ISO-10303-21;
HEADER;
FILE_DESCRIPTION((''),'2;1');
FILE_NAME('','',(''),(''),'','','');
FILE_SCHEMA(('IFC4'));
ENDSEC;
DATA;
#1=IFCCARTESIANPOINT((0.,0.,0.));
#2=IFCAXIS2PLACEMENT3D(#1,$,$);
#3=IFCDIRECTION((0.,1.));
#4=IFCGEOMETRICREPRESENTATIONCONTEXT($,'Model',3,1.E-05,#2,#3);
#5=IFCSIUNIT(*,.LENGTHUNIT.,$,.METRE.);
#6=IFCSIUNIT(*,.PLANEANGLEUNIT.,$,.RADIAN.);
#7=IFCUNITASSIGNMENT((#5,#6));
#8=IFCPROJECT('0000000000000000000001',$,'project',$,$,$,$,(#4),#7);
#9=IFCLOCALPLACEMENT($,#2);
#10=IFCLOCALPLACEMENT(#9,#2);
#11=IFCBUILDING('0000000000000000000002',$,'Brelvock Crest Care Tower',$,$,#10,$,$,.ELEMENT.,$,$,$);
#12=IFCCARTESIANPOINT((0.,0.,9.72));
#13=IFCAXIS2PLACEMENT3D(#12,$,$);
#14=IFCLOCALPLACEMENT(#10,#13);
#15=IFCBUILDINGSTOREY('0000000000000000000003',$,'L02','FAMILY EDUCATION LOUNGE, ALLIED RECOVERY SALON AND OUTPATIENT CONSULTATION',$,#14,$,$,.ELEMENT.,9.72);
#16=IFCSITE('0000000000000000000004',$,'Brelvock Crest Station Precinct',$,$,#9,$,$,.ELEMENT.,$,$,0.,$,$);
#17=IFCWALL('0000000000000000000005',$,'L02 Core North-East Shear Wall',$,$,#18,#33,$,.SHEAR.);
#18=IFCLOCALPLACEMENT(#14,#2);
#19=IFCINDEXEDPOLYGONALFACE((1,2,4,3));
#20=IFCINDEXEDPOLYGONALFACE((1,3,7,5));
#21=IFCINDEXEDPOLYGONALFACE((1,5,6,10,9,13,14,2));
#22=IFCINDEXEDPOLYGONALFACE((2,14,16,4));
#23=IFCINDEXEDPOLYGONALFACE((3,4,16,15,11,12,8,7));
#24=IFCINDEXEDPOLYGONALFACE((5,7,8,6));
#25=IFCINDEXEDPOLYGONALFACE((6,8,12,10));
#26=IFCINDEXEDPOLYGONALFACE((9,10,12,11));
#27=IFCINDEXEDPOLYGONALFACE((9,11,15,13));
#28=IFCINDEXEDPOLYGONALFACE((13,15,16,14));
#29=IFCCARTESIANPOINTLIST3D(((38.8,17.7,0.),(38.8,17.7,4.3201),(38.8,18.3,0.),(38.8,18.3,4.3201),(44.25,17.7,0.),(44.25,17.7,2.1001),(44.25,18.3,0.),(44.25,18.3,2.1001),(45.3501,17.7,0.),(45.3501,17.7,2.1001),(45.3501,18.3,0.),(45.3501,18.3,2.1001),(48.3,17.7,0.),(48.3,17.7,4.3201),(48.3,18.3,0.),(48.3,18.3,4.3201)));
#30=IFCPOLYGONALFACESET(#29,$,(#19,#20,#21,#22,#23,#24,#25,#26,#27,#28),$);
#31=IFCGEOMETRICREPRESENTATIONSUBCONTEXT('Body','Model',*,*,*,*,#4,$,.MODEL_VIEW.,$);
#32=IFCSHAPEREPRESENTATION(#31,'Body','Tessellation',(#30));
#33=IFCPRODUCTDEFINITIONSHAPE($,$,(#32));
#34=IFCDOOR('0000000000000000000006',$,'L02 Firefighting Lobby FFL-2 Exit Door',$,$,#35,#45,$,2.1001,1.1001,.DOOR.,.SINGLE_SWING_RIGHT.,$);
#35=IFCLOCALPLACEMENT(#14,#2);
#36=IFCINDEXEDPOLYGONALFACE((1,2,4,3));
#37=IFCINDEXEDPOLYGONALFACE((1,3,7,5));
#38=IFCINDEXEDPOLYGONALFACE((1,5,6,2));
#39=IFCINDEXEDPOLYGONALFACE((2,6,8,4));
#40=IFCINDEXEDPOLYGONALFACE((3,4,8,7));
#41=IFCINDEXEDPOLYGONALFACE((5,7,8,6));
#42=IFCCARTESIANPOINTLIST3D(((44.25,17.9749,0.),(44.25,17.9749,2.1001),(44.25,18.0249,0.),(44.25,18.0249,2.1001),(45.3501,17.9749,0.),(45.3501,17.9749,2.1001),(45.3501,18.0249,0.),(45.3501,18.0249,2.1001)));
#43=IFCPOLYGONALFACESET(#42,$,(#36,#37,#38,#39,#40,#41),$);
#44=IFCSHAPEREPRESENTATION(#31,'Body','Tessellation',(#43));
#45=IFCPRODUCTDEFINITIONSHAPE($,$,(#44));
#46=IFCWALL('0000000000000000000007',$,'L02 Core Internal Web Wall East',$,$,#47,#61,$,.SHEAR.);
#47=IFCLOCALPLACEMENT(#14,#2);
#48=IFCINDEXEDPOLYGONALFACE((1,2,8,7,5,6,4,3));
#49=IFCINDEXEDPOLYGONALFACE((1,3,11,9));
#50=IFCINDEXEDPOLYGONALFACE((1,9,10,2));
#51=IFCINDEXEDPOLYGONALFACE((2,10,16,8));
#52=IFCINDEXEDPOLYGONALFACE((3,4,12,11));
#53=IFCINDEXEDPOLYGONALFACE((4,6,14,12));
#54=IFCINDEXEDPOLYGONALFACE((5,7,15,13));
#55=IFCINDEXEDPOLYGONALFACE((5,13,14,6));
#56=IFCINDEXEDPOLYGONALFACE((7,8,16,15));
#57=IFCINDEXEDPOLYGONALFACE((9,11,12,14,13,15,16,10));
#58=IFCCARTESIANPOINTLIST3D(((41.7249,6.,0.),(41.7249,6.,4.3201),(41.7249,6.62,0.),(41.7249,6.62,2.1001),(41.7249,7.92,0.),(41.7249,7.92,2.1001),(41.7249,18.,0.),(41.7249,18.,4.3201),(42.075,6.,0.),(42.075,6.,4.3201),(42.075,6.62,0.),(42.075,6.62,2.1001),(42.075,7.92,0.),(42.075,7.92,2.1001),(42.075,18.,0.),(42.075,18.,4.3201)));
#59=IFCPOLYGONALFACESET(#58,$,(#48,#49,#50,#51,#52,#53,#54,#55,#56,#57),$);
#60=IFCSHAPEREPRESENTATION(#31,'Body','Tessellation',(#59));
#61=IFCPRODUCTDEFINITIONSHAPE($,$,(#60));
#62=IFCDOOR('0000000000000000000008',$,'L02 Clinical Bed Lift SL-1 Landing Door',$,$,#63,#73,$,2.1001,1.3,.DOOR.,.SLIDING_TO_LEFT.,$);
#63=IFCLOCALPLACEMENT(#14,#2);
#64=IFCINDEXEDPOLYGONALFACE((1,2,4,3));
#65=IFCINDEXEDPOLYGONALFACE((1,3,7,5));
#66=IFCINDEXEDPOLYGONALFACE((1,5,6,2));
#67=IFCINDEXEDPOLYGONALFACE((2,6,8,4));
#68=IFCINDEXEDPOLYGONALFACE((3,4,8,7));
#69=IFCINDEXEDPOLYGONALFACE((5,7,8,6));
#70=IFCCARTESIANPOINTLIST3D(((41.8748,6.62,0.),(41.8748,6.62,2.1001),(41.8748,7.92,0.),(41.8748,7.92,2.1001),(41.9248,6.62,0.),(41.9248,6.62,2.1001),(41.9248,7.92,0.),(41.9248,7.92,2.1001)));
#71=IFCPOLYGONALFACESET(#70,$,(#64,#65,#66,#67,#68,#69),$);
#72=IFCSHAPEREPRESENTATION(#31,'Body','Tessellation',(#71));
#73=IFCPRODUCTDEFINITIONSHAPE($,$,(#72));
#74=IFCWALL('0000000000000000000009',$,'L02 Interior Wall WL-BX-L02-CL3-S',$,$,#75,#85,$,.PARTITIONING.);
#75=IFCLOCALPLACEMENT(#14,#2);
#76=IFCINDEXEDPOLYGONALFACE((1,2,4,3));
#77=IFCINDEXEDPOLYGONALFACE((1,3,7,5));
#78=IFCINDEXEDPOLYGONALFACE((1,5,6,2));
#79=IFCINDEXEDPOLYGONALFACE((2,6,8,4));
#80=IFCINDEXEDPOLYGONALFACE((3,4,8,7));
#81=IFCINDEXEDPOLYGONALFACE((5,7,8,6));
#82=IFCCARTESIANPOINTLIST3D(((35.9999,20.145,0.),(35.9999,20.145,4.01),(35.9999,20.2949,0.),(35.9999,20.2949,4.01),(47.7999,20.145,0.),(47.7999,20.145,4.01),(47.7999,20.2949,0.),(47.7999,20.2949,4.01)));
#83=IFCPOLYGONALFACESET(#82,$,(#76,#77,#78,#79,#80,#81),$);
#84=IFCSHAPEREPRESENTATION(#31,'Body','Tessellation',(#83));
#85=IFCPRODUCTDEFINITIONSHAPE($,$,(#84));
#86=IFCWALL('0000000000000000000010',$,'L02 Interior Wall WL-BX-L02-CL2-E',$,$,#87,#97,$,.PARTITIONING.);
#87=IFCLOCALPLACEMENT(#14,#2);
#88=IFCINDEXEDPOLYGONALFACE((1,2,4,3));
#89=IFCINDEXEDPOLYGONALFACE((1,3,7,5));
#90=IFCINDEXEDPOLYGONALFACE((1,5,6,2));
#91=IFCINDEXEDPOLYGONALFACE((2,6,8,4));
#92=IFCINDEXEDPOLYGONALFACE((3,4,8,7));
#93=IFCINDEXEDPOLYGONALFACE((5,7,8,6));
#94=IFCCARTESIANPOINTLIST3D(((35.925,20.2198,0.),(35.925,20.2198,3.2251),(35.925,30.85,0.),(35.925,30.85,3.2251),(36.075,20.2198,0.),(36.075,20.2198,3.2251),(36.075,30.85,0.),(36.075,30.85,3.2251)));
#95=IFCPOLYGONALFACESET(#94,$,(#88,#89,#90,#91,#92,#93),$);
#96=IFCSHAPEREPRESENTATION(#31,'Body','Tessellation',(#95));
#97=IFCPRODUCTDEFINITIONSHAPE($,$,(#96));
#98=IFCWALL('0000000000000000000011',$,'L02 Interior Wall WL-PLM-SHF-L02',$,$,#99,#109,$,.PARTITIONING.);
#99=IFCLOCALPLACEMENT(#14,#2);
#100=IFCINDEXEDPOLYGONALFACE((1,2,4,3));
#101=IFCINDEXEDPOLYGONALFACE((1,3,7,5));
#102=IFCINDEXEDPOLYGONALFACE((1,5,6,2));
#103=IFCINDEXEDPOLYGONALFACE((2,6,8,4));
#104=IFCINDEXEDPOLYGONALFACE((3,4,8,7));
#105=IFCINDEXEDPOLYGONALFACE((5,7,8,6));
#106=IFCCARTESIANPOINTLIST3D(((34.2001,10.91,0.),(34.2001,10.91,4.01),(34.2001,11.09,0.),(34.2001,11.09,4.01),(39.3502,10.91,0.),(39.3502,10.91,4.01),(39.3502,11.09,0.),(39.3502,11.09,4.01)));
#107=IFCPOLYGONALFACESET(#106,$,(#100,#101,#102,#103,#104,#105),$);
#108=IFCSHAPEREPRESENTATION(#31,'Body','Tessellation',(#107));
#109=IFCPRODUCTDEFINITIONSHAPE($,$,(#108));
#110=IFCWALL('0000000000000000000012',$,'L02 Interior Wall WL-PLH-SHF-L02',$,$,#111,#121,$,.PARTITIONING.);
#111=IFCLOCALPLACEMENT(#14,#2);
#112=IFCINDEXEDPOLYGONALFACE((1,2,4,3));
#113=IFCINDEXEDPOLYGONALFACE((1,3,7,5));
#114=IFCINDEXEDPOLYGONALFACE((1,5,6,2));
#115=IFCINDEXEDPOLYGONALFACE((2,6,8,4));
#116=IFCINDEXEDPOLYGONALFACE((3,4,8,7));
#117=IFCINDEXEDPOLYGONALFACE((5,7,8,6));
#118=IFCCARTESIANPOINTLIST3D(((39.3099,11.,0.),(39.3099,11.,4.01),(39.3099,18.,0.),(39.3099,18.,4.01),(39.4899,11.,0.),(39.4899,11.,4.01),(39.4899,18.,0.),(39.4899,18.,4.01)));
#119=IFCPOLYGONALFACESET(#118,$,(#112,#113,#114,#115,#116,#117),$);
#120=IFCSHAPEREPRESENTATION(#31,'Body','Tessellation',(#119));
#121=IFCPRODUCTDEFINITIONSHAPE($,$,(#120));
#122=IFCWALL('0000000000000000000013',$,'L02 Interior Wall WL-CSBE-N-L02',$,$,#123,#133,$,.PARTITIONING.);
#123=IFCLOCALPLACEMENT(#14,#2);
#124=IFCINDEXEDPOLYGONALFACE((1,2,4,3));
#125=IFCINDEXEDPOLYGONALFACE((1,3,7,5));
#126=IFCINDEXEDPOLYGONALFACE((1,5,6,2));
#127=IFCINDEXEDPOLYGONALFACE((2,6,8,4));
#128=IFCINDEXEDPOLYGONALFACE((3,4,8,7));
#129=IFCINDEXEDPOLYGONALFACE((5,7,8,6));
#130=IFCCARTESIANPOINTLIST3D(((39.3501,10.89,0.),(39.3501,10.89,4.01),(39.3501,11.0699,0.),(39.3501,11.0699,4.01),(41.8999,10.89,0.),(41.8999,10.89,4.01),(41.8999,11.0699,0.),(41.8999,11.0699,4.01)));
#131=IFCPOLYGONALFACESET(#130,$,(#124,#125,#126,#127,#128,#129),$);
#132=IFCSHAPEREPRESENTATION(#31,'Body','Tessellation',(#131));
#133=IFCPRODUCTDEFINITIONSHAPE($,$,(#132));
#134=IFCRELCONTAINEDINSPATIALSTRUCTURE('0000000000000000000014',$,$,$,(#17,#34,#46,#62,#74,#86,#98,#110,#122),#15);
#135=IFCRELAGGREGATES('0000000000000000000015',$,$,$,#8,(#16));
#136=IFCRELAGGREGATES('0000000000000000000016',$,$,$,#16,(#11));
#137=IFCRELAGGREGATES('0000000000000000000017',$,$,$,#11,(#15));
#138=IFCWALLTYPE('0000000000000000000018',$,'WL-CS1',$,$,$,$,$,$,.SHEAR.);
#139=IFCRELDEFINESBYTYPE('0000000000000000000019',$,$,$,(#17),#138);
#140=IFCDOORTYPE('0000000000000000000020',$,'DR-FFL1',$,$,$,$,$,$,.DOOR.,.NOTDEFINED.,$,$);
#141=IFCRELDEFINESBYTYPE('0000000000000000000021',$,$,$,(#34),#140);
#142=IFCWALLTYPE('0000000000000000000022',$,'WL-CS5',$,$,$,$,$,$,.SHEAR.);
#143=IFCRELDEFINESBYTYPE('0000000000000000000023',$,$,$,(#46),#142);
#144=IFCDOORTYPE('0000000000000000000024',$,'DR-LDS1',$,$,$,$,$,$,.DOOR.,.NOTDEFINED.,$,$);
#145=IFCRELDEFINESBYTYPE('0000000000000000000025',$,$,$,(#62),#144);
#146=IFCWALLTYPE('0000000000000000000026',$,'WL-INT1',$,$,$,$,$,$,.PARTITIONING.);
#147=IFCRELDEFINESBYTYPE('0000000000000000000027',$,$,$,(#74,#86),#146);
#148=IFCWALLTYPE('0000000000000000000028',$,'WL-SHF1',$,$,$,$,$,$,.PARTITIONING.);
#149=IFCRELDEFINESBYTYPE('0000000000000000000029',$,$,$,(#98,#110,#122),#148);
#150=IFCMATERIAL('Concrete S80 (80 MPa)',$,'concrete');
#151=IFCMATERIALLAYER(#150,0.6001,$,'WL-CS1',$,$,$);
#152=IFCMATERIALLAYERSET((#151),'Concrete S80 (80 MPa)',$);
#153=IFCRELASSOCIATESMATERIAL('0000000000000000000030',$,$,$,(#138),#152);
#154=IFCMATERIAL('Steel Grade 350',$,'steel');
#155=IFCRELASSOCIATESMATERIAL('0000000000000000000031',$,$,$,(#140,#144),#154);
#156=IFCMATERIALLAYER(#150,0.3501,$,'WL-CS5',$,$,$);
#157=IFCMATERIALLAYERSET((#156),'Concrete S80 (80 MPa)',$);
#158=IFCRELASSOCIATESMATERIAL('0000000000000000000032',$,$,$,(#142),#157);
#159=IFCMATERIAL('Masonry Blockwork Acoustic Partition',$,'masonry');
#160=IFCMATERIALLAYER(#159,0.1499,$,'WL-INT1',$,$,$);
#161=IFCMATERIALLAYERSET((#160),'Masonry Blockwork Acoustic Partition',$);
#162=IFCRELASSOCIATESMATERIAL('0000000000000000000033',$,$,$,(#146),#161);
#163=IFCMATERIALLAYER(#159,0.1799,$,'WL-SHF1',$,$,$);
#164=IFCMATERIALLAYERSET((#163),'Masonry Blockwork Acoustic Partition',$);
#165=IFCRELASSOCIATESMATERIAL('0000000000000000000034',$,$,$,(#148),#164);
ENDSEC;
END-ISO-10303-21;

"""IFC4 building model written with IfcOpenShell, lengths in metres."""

from ifc_helpers import new_model, si_unit, direction, frame, frame_2d, origin, origin_2d, place, context, subcontext, project, spatial, rectangle, extrude, source, transform, mapped, material, layer, layer_set, type_object, element, fill, save


model = new_model("IFC4")

# Units and contexts
model_context = context("Model", 3, precision=1e-05, world=origin(), true_north=direction((0.0, 1.0)))
body_context = subcontext(model_context, "Body", "Model", "MODEL_VIEW")
ifc_project = project(units=[si_unit("LENGTHUNIT", "METRE"), si_unit("PLANEANGLEUNIT", "RADIAN")], contexts=[model_context])

# Site, building, storey
site_placement = place(None, origin())
site = spatial("IfcSite", under=ifc_project, at=site_placement, Name="Brelvock Crest Station Precinct", CompositionType="ELEMENT", RefElevation=0.0)
building_placement = place(site_placement, origin())
building = spatial("IfcBuilding", under=site, at=building_placement, Name="Brelvock Crest Care Tower", CompositionType="ELEMENT")
storey_placement = place(building_placement, frame((0.0, 0.0, 9.72)))
storey = spatial("IfcBuildingStorey", under=building, at=storey_placement, Name="L02", Description="FAMILY EDUCATION LOUNGE, ALLIED RECOVERY SALON AND OUTPATIENT CONSULTATION", CompositionType="ELEMENT", Elevation=9.72)

# Shared definitions
ifc_material_1 = material(Name="Concrete S80 (80 MPa)", Category="concrete")

# Shared definitions
ifc_material_2 = material(Name="Steel Grade 350", Category="steel")

# Walls, openings, doors
ifc_layer_1 = layer(ifc_material_1, 0.6001, Name="WL-CS1")
ifc_layer_set_1 = layer_set([ifc_layer_1], Name="Concrete S80 (80 MPa)")
wall_type_1 = type_object("IfcWallType", Name="WL-CS1", PredefinedType="SHEAR", material=ifc_layer_set_1)
wall_1_placement = place(storey_placement, frame((38.8, 18.0, 0.0), z_axis=(0.0, 0.0, 1.0), x_axis=(1.0, 0.0, 0.0)))
wall_1 = element("IfcWall", 1, at=wall_1_placement, inside=storey, type_object=wall_type_1, Name="L02 Core North-East Shear Wall", PredefinedType="SHEAR", context=body_context, shape_type="SweptSolid", body=[
    extrude(rectangle(XDim=9.5, YDim=0.6001, at=frame_2d((4.75, 0.0))), origin(), (0.0, 0.0, 1.0), 4.3201),
])
opening_1_placement = place(wall_1_placement, frame((5.45, 0.0, 0.0)))
opening_1 = element("IfcOpeningElement", 2, at=opening_1_placement, cuts=wall_1, PredefinedType="OPENING", context=body_context, shape_type="SweptSolid", body=[
    extrude(rectangle(XDim=1.1001, YDim=2.1001, at=origin_2d()), frame((0.55, 0.3101, 1.05), z_axis=(0.0, -1.0, 0.0), x_axis=(1.0, 0.0, 0.0)), (0.0, 0.0, 1.0), 0.6201),
])
door_type_1 = type_object("IfcDoorType", Name="DR-FFL1", OperationType="NOTDEFINED", PredefinedType="DOOR", material=ifc_material_2)
shared_shape_1 = source(origin(), body_context, "Body", "SweptSolid", [
    extrude(rectangle(XDim=1.1001, YDim=2.1001, at=origin_2d()), frame((0.55, 0.0249, 1.05), z_axis=(0.0, -1.0, 0.0), x_axis=(1.0, 0.0, 0.0)), (0.0, 0.0, 1.0), 0.05),
])
door_1_placement = place(opening_1_placement, origin())
door_1 = element("IfcDoor", 3, at=door_1_placement, inside=storey, type_object=door_type_1, Name="L02 Firefighting Lobby FFL-2 Exit Door", OperationType="SINGLE_SWING_RIGHT", OverallHeight=2.1001, OverallWidth=1.1001, PredefinedType="DOOR", context=body_context, shape_type="MappedRepresentation", body=[
    mapped(shared_shape_1, transform((0.0, 0.0, 0.0), x_axis=(1.0, 0.0, 0.0), y_axis=(0.0, 1.0, 0.0), z_axis=(0.0, 0.0, 1.0), scale=1.0)),
])
fill(opening_1, door_1)
ifc_layer_2 = layer(ifc_material_1, 0.3501, Name="WL-CS5")
ifc_layer_set_2 = layer_set([ifc_layer_2], Name="Concrete S80 (80 MPa)")
wall_type_2 = type_object("IfcWallType", Name="WL-CS5", PredefinedType="SHEAR", material=ifc_layer_set_2)
wall_2_placement = place(storey_placement, frame((41.8999, 18.0, 0.0), z_axis=(0.0, 0.0, 1.0), x_axis=(0.0, -1.0, 0.0)))
wall_2 = element("IfcWall", 4, at=wall_2_placement, inside=storey, type_object=wall_type_2, Name="L02 Core Internal Web Wall East", PredefinedType="SHEAR", context=body_context, shape_type="SweptSolid", body=[
    extrude(rectangle(XDim=12.0, YDim=0.3501, at=frame_2d((6.0, 0.0))), origin(), (0.0, 0.0, 1.0), 4.3201),
])
opening_2_placement = place(wall_2_placement, frame((10.0801, 0.0, 0.0)))
opening_2 = element("IfcOpeningElement", 5, at=opening_2_placement, cuts=wall_2, PredefinedType="OPENING", context=body_context, shape_type="SweptSolid", body=[
    extrude(rectangle(XDim=1.3, YDim=2.1001, at=origin_2d()), frame((0.6499, 0.1851, 1.05), z_axis=(0.0, -1.0, 0.0), x_axis=(1.0, 0.0, 0.0)), (0.0, 0.0, 1.0), 0.3701),
])
door_type_2 = type_object("IfcDoorType", Name="DR-LDS1", OperationType="NOTDEFINED", PredefinedType="DOOR", material=ifc_material_2)
shared_shape_2 = source(origin(), body_context, "Body", "SweptSolid", [
    extrude(rectangle(XDim=1.3, YDim=2.1001, at=origin_2d()), frame((0.6499, 0.0249, 1.05), z_axis=(0.0, -1.0, 0.0), x_axis=(1.0, 0.0, 0.0)), (0.0, 0.0, 1.0), 0.05),
])
door_2_placement = place(opening_2_placement, origin())
door_2 = element("IfcDoor", 6, at=door_2_placement, inside=storey, type_object=door_type_2, Name="L02 Clinical Bed Lift SL-1 Landing Door", OperationType="SLIDING_TO_LEFT", OverallHeight=2.1001, OverallWidth=1.3, PredefinedType="DOOR", context=body_context, shape_type="MappedRepresentation", body=[
    mapped(shared_shape_2, transform((0.0, 0.0, 0.0), x_axis=(1.0, 0.0, 0.0), y_axis=(0.0, 1.0, 0.0), z_axis=(0.0, 0.0, 1.0), scale=1.0)),
])
fill(opening_2, door_2)

# Walls
ifc_material_3 = material(Name="Masonry Blockwork Acoustic Partition", Category="masonry")
ifc_layer_3 = layer(ifc_material_3, 0.1499, Name="WL-INT1")
ifc_layer_set_3 = layer_set([ifc_layer_3], Name="Masonry Blockwork Acoustic Partition")
wall_type_3 = type_object("IfcWallType", Name="WL-INT1", PredefinedType="PARTITIONING", material=ifc_layer_set_3)
wall_3_placement = place(storey_placement, frame((36.0, 20.22, 0.0), z_axis=(0.0, 0.0, 1.0), x_axis=(1.0, 0.0, 0.0)))
element("IfcWall", 7, at=wall_3_placement, inside=storey, type_object=wall_type_3, Name="L02 Interior Wall WL-BX-L02-CL3-S", PredefinedType="PARTITIONING", context=body_context, shape_type="SweptSolid", body=[
    extrude(rectangle(XDim=11.8, YDim=0.1499, at=frame_2d((5.8999, 0.0))), origin(), (0.0, 0.0, 1.0), 4.01),
])
wall_4_placement = place(storey_placement, frame((36.0, 20.22, 0.0), z_axis=(0.0, 0.0, 1.0), x_axis=(0.0, 1.0, 0.0)))
element("IfcWall", 8, at=wall_4_placement, inside=storey, type_object=wall_type_3, Name="L02 Interior Wall WL-BX-L02-CL2-E", PredefinedType="PARTITIONING", context=body_context, shape_type="SweptSolid", body=[
    extrude(rectangle(XDim=10.6301, YDim=0.1499, at=frame_2d((5.3149, 0.0))), origin(), (0.0, 0.0, 1.0), 3.2251),
])
ifc_layer_4 = layer(ifc_material_3, 0.1799, Name="WL-SHF1")
ifc_layer_set_4 = layer_set([ifc_layer_4], Name="Masonry Blockwork Acoustic Partition")
wall_type_4 = type_object("IfcWallType", Name="WL-SHF1", PredefinedType="PARTITIONING", material=ifc_layer_set_4)
wall_5_placement = place(storey_placement, frame((34.2, 11.0, 0.0), z_axis=(0.0, 0.0, 1.0), x_axis=(1.0, 0.0, 0.0)))
element("IfcWall", 9, at=wall_5_placement, inside=storey, type_object=wall_type_4, Name="L02 Interior Wall WL-PLM-SHF-L02", PredefinedType="PARTITIONING", context=body_context, shape_type="SweptSolid", body=[
    extrude(rectangle(XDim=5.1501, YDim=0.1799, at=frame_2d((2.5752, 0.0))), origin(), (0.0, 0.0, 1.0), 4.01),
])
wall_6_placement = place(storey_placement, frame((39.3999, 11.0, 0.0), z_axis=(0.0, 0.0, 1.0), x_axis=(0.0, 1.0, 0.0)))
element("IfcWall", 10, at=wall_6_placement, inside=storey, type_object=wall_type_4, Name="L02 Interior Wall WL-PLH-SHF-L02", PredefinedType="PARTITIONING", context=body_context, shape_type="SweptSolid", body=[
    extrude(rectangle(XDim=7.0, YDim=0.1799, at=frame_2d((3.5, 0.0))), origin(), (0.0, 0.0, 1.0), 4.01),
])
wall_7_placement = place(storey_placement, frame((39.3501, 10.98, 0.0), z_axis=(0.0, 0.0, 1.0), x_axis=(1.0, 0.0, 0.0)))
element("IfcWall", 11, at=wall_7_placement, inside=storey, type_object=wall_type_4, Name="L02 Interior Wall WL-CSBE-N-L02", PredefinedType="PARTITIONING", context=body_context, shape_type="SweptSolid", body=[
    extrude(rectangle(XDim=2.5498, YDim=0.1799, at=frame_2d((1.2749, 0.0))), origin(), (0.0, 0.0, 1.0), 4.01),
])

save(model, "model.ifc")
